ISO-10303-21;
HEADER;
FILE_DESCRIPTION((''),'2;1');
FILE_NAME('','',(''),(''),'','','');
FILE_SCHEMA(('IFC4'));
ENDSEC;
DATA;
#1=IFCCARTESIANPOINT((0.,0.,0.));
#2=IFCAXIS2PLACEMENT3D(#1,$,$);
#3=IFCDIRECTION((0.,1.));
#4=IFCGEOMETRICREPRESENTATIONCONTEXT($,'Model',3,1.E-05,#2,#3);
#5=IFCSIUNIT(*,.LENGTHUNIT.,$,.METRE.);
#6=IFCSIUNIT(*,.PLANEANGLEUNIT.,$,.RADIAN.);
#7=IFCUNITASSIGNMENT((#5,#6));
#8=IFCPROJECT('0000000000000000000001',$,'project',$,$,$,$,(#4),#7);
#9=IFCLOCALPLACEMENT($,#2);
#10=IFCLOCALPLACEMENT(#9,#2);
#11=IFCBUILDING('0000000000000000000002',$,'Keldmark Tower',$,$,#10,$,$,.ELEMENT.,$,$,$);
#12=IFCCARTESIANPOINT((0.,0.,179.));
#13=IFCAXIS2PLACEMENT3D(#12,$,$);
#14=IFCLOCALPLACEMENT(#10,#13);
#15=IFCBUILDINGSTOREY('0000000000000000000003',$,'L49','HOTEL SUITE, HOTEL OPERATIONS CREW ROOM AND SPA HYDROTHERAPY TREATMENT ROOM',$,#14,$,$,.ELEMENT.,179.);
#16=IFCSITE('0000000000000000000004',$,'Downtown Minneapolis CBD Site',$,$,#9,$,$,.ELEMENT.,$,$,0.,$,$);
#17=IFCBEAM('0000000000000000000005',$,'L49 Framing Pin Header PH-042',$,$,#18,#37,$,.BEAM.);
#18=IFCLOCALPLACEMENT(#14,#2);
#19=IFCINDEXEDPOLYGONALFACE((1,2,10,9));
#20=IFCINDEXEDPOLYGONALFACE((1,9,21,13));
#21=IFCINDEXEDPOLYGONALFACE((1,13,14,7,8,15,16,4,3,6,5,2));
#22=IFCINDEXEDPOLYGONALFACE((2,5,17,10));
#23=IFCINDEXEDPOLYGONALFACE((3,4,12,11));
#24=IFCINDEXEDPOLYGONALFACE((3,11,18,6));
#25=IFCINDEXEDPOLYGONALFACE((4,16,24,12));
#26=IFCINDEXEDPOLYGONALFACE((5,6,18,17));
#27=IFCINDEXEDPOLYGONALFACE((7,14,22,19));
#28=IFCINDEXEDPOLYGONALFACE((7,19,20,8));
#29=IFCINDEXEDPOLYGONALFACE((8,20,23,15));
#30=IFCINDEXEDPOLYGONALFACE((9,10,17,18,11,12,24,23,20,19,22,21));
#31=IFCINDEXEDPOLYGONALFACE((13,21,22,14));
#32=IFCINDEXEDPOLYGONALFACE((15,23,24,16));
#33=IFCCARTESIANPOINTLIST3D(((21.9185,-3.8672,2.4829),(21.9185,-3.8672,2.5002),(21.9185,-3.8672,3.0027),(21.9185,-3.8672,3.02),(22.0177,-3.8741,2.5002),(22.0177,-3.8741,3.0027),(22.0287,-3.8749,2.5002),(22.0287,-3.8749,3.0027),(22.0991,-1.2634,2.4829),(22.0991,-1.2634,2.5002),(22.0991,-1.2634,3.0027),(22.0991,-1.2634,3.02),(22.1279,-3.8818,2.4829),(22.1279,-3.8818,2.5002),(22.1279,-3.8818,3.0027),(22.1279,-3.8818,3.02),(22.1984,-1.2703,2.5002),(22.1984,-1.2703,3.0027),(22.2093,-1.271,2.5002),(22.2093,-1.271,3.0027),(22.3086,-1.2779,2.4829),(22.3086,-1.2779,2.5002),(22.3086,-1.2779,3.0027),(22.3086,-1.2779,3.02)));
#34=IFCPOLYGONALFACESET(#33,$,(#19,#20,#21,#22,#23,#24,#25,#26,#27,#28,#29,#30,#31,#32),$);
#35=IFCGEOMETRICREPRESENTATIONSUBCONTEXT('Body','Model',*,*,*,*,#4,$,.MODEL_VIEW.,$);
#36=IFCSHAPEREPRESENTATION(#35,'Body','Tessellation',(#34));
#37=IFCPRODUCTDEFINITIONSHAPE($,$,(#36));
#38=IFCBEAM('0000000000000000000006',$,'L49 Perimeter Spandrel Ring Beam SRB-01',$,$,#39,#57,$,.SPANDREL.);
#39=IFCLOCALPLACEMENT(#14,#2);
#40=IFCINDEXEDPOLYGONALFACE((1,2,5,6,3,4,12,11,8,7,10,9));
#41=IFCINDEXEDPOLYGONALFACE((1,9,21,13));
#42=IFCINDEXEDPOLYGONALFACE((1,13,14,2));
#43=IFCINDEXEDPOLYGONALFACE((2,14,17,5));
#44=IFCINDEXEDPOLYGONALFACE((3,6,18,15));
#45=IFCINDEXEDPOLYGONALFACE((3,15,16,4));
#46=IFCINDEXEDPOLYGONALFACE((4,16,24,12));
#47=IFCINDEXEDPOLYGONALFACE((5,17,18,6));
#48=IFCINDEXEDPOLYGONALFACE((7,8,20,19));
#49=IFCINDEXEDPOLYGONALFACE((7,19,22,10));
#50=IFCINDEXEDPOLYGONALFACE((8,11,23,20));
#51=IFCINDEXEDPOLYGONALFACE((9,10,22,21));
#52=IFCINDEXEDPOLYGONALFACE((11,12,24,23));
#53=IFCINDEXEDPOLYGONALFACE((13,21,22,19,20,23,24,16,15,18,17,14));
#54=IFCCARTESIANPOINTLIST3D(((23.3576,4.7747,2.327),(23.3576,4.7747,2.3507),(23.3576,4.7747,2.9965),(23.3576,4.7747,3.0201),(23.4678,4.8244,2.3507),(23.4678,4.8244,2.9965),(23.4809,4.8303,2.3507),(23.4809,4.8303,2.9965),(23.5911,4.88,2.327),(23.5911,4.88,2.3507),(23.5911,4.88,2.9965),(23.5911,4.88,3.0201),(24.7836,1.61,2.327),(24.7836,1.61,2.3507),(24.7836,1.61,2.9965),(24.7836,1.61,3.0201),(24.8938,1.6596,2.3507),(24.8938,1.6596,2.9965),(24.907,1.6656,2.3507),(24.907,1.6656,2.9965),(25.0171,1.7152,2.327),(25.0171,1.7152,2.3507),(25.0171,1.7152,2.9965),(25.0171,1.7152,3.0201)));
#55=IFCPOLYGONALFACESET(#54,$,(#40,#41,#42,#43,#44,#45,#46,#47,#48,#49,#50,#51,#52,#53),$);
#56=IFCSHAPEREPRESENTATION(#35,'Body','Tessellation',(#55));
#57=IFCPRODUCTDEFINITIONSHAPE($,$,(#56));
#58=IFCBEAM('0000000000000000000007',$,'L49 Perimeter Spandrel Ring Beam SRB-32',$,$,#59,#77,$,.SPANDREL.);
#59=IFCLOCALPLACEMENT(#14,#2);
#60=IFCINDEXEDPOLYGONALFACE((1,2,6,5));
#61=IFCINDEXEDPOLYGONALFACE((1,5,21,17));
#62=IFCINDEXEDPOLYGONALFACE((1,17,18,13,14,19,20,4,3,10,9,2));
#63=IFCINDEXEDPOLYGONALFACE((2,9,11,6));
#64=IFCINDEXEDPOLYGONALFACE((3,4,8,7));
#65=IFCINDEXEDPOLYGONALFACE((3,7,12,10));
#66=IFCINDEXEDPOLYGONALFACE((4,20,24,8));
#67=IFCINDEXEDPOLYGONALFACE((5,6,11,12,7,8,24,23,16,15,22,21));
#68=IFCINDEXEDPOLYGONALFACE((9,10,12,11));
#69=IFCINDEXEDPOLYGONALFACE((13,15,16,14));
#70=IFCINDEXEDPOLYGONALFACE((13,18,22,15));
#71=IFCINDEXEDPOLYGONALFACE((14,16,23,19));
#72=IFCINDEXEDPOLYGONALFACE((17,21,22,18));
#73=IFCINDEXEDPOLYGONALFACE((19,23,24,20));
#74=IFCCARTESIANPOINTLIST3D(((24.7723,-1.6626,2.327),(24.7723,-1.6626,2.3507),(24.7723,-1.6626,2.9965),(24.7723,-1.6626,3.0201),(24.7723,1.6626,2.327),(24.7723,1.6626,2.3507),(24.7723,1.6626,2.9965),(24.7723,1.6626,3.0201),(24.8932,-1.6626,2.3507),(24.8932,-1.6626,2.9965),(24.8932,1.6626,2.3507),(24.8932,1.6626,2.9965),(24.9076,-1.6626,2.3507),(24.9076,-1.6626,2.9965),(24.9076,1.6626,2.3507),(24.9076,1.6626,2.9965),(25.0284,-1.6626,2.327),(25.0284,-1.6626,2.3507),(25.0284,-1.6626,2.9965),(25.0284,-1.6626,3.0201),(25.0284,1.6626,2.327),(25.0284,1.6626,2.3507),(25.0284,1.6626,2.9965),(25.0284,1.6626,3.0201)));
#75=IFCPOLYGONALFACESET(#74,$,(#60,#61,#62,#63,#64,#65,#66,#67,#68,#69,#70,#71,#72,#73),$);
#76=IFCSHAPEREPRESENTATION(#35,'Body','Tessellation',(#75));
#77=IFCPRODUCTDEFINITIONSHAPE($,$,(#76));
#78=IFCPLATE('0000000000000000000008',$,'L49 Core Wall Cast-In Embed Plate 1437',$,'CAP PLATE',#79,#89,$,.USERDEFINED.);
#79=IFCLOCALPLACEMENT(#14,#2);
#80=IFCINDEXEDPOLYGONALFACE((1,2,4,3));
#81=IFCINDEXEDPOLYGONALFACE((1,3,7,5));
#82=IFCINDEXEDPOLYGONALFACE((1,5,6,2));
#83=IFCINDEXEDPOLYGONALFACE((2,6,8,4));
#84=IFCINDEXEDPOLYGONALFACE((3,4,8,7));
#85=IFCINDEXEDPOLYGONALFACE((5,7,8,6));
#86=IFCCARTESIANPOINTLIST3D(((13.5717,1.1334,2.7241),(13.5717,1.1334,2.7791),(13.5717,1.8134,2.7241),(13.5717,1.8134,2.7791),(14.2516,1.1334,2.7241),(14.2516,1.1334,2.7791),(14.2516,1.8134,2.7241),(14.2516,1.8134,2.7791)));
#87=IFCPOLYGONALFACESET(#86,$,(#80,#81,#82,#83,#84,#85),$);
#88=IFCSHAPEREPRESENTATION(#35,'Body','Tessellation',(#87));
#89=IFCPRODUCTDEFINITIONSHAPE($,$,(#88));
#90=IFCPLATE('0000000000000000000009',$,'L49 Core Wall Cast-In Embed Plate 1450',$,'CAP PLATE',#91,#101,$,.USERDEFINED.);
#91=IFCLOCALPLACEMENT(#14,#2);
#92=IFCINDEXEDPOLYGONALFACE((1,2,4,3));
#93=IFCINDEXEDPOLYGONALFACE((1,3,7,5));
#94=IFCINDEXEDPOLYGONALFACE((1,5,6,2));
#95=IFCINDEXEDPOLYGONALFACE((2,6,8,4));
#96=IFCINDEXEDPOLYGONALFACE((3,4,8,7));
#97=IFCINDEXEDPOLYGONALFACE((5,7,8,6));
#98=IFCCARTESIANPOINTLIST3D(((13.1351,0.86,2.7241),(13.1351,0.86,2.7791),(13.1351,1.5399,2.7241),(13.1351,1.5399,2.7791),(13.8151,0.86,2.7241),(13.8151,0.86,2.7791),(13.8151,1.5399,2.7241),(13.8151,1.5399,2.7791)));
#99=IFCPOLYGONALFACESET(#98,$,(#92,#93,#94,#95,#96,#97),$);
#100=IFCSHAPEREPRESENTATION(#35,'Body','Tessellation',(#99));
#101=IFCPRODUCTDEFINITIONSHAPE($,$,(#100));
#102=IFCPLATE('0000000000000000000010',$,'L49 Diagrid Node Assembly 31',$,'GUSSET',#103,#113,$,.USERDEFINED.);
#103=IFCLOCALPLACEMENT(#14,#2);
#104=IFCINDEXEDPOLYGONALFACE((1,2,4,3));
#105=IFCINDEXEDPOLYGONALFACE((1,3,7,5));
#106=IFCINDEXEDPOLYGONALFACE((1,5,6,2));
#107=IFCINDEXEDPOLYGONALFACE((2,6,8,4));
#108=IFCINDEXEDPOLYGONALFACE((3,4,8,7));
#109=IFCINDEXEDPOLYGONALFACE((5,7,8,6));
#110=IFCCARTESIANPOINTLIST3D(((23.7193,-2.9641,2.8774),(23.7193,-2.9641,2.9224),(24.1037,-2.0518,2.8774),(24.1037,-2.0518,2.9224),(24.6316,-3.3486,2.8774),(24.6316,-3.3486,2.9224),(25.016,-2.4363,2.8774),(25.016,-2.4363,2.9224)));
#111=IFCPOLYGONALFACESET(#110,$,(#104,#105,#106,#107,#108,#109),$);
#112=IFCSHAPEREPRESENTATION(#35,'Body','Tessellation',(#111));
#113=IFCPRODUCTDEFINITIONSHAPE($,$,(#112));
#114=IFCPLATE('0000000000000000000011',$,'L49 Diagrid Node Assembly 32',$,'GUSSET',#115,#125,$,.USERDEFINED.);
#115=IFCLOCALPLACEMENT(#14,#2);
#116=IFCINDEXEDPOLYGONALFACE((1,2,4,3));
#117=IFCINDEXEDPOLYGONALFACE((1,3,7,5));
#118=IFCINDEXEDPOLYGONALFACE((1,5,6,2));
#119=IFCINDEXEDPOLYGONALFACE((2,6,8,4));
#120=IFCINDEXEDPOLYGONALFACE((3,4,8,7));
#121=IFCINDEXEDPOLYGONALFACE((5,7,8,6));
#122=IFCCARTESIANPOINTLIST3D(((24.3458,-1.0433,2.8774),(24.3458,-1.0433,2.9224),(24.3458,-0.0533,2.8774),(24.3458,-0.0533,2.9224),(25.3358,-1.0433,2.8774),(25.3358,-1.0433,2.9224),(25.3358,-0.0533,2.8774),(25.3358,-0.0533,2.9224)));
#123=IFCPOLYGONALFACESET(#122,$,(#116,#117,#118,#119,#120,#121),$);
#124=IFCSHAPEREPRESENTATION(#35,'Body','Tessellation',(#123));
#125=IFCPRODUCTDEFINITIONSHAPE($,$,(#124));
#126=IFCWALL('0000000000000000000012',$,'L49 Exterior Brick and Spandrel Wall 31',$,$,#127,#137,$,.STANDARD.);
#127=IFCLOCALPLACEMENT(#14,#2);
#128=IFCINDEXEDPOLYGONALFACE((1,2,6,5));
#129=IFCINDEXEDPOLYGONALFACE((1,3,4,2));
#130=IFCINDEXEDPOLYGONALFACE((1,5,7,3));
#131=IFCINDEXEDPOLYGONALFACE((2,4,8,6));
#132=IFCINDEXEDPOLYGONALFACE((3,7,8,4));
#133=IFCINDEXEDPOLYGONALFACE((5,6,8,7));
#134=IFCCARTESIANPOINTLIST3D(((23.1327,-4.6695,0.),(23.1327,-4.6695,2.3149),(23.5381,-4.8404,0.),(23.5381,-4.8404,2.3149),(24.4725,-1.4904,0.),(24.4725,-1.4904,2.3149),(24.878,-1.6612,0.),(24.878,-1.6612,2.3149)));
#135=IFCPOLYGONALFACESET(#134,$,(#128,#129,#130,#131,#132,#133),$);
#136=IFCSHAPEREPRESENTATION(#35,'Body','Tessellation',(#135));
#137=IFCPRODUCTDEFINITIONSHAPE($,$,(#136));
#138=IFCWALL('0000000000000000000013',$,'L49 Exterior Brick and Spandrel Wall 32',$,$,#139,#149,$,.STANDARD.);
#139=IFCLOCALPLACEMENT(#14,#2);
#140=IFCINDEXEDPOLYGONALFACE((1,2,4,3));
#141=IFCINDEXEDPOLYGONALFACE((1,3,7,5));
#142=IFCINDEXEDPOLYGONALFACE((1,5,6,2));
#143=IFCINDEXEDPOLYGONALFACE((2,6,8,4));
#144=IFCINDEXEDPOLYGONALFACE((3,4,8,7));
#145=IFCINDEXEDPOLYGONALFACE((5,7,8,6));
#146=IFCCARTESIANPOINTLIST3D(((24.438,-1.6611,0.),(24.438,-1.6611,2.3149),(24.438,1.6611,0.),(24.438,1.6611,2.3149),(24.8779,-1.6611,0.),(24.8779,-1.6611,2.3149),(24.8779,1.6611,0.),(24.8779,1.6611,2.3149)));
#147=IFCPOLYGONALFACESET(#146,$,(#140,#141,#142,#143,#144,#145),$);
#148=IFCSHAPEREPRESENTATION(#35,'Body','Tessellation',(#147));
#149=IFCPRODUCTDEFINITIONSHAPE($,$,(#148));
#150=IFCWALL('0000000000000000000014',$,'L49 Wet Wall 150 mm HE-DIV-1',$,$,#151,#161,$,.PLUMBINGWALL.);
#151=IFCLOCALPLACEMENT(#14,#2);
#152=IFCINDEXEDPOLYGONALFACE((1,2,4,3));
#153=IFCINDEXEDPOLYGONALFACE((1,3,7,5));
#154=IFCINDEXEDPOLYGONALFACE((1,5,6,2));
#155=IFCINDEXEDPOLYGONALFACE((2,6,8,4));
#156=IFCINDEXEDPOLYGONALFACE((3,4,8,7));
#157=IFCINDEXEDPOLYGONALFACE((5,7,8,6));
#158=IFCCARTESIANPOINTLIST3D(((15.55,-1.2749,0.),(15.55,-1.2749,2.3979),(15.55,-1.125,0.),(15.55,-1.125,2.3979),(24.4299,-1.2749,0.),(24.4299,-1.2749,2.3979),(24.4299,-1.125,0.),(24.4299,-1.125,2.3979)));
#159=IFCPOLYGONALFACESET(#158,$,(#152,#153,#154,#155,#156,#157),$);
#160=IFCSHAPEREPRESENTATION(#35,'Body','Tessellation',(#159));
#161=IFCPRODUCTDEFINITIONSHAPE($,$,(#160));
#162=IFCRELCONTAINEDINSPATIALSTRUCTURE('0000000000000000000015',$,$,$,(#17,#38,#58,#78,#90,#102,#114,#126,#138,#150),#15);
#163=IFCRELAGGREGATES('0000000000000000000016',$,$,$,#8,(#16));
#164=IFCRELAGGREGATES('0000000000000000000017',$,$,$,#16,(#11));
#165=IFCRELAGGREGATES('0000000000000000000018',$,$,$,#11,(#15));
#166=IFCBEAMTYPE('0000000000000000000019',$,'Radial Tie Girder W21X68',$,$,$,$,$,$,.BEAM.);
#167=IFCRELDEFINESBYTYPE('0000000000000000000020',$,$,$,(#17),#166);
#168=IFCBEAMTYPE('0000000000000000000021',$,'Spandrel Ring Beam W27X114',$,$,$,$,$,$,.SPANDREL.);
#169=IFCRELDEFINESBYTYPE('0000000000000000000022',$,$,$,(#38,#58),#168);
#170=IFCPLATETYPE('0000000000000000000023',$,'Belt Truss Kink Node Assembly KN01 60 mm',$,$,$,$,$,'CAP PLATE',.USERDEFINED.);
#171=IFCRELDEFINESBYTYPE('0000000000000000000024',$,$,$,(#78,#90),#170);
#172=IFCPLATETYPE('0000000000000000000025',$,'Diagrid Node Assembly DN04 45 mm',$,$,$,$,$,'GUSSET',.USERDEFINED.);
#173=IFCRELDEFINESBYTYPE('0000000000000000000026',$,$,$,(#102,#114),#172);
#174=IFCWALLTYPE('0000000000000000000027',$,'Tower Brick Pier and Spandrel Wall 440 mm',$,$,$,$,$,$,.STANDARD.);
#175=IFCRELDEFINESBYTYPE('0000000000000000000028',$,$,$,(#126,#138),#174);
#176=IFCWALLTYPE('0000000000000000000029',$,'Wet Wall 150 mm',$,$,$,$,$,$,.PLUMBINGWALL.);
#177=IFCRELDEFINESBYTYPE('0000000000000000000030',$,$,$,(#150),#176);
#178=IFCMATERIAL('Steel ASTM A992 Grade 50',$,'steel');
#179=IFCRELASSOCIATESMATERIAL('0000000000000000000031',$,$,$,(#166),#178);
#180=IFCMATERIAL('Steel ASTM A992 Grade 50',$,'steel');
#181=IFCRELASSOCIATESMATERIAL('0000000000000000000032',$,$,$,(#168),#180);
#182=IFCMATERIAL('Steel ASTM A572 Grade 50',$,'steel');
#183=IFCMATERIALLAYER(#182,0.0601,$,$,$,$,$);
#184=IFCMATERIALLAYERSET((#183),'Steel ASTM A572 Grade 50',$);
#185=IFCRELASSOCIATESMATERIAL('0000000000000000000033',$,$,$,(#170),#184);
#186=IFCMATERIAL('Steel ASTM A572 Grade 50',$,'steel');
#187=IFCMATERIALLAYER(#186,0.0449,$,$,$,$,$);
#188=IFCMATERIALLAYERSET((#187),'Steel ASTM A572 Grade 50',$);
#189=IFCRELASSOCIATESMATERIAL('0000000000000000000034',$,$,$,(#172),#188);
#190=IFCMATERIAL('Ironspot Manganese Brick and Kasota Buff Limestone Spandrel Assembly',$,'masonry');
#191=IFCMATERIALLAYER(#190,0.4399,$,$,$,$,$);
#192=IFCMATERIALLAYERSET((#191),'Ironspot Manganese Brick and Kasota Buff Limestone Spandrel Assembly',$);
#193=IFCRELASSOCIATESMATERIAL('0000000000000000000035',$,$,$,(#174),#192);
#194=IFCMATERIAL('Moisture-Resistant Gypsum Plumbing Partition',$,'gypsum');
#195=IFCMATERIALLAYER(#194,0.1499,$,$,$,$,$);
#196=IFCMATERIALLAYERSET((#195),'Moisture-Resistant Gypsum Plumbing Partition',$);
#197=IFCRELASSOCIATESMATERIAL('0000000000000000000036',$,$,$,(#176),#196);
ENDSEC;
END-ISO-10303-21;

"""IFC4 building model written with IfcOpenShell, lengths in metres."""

from ifc_helpers import new_model, si_unit, direction, frame, frame_2d, origin, origin_2d, place, context, subcontext, project, spatial, rectangle, i_section, extrude, material, layer, layer_set, material_profile, profile_set, type_object, element, save


model = new_model("IFC4")

# Units and contexts
model_context = context("Model", 3, precision=1e-05, world=origin(), true_north=direction((0.0, 1.0)))
body_context = subcontext(model_context, "Body", "Model", "MODEL_VIEW")
ifc_project = project(units=[si_unit("LENGTHUNIT", "METRE"), si_unit("PLANEANGLEUNIT", "RADIAN")], contexts=[model_context])

# Site, building, storey
site_placement = place(None, origin())
site = spatial("IfcSite", under=ifc_project, at=site_placement, Name="Downtown Minneapolis CBD Site", CompositionType="ELEMENT", RefElevation=0.0)
building_placement = place(site_placement, origin())
building = spatial("IfcBuilding", under=site, at=building_placement, Name="Keldmark Tower", CompositionType="ELEMENT")
storey_placement = place(building_placement, frame((0.0, 0.0, 179.0)))
storey = spatial("IfcBuildingStorey", under=building, at=storey_placement, Name="L49", Description="HOTEL SUITE, HOTEL OPERATIONS CREW ROOM AND SPA HYDROTHERAPY TREATMENT ROOM", CompositionType="ELEMENT", Elevation=179.0)

# Beams
ifc_material_1 = material(Name="Steel ASTM A992 Grade 50", Category="steel")
ifc_material_profile_1 = material_profile(ifc_material_1, i_section(OverallWidth=0.21, OverallDepth=0.5371, WebThickness=0.011, FlangeThickness=0.0173, at=origin_2d()), Name="W21X68")
ifc_profile_set_1 = profile_set([ifc_material_profile_1], Name="Steel ASTM A992 Grade 50")
beam_type_1 = type_object("IfcBeamType", Name="Radial Tie Girder W21X68", PredefinedType="BEAM", material=ifc_profile_set_1)
beam_1_placement = place(storey_placement, frame((22.0232, -3.8745, 2.7515), z_axis=(0.069219, 0.997601, 0.0), x_axis=(-0.997601, 0.069219, 0.0)))
element("IfcBeam", 1, at=beam_1_placement, inside=storey, type_object=beam_type_1, Name="L49 Framing Pin Header PH-042", PredefinedType="BEAM", context=body_context, shape_type="SweptSolid", body=[
    extrude(i_section(OverallWidth=0.21, OverallDepth=0.5371, WebThickness=0.011, FlangeThickness=0.0173, at=origin_2d()), origin(), (0.0, 0.0, 1.0), 2.6101),
])
ifc_material_2 = material(Name="Steel ASTM A992 Grade 50", Category="steel")
ifc_material_profile_2 = material_profile(ifc_material_2, i_section(OverallWidth=0.2561, OverallDepth=0.6931, WebThickness=0.0144, FlangeThickness=0.0237, at=origin_2d()), Name="W27X114")
ifc_profile_set_2 = profile_set([ifc_material_profile_2], Name="Steel ASTM A992 Grade 50")
beam_type_2 = type_object("IfcBeamType", Name="Spandrel Ring Beam W27X114", PredefinedType="SPANDREL", material=ifc_profile_set_2)
beam_2_placement = place(storey_placement, frame((24.9004, 1.6626, 2.6736), z_axis=(-0.410812, 0.91172, 0.0), x_axis=(-0.91172, -0.410812, 0.0)))
element("IfcBeam", 2, at=beam_2_placement, inside=storey, type_object=beam_type_2, Name="L49 Perimeter Spandrel Ring Beam SRB-01", PredefinedType="SPANDREL", context=body_context, shape_type="SweptSolid", body=[
    extrude(i_section(OverallWidth=0.2561, OverallDepth=0.6931, WebThickness=0.0144, FlangeThickness=0.0237, at=origin_2d()), origin(), (0.0, 0.0, 1.0), 3.4712),
])
beam_3_placement = place(storey_placement, frame((24.9004, -1.6626, 2.6736), z_axis=(0.0, 1.0, 0.0), x_axis=(-1.0, 0.0, 0.0)))
element("IfcBeam", 3, at=beam_3_placement, inside=storey, type_object=beam_type_2, Name="L49 Perimeter Spandrel Ring Beam SRB-32", PredefinedType="SPANDREL", context=body_context, shape_type="SweptSolid", body=[
    extrude(i_section(OverallWidth=0.2561, OverallDepth=0.6931, WebThickness=0.0144, FlangeThickness=0.0237, at=origin_2d()), origin(), (0.0, 0.0, 1.0), 3.3252),
])

# Plates
ifc_material_3 = material(Name="Steel ASTM A572 Grade 50", Category="steel")
ifc_layer_1 = layer(ifc_material_3, 0.0601)
ifc_layer_set_1 = layer_set([ifc_layer_1], Name="Steel ASTM A572 Grade 50")
plate_type_1 = type_object("IfcPlateType", Name="Belt Truss Kink Node Assembly KN01 60 mm", ElementType="CAP PLATE", PredefinedType="USERDEFINED", material=ifc_layer_set_1)
for number, where, z_axis, x_axis, name in (
    (4, (13.9116, 1.4734, 2.7241), (0.0, 0.0, 1.0), (1.0, 0.0, 0.0), "L49 Core Wall Cast-In Embed Plate 1437"),
    (5, (13.4751, 1.2, 2.7241), (0.0, 0.0, 1.0), (1.0, 0.0, 0.0), "L49 Core Wall Cast-In Embed Plate 1450"),
):
    element("IfcPlate", number, at=place(storey_placement, frame(where, z_axis=z_axis, x_axis=x_axis)), inside=storey, type_object=plate_type_1, Name=name, ObjectType="CAP PLATE", PredefinedType="USERDEFINED", context=body_context, shape_type="SweptSolid", body=[
        extrude(rectangle(XDim=0.6799, YDim=0.6799, at=origin_2d()), origin(), (0.0, 0.0, 1.0), 0.0549),
    ])
ifc_material_4 = material(Name="Steel ASTM A572 Grade 50", Category="steel")
ifc_layer_2 = layer(ifc_material_4, 0.0449)
ifc_layer_set_2 = layer_set([ifc_layer_2], Name="Steel ASTM A572 Grade 50")
plate_type_2 = type_object("IfcPlateType", Name="Diagrid Node Assembly DN04 45 mm", ElementType="GUSSET", PredefinedType="USERDEFINED", material=ifc_layer_set_2)
for number, where, z_axis, x_axis, name in (
    (6, (24.3677, -2.7002, 2.8774), (0.0, 0.0, 1.0), (0.38832, 0.921525, 0.0), "L49 Diagrid Node Assembly 31"),
    (7, (24.8408, -0.5483, 2.8774), (0.0, 0.0, 1.0), (0.0, 1.0, 0.0), "L49 Diagrid Node Assembly 32"),
):
    element("IfcPlate", number, at=place(storey_placement, frame(where, z_axis=z_axis, x_axis=x_axis)), inside=storey, type_object=plate_type_2, Name=name, ObjectType="GUSSET", PredefinedType="USERDEFINED", context=body_context, shape_type="SweptSolid", body=[
        extrude(rectangle(XDim=0.99, YDim=0.99, at=origin_2d()), origin(), (0.0, 0.0, 1.0), 0.0449),
    ])

# Walls
ifc_material_5 = material(Name="Ironspot Manganese Brick and Kasota Buff Limestone Spandrel Assembly", Category="masonry")
ifc_layer_3 = layer(ifc_material_5, 0.4399)
ifc_layer_set_3 = layer_set([ifc_layer_3], Name="Ironspot Manganese Brick and Kasota Buff Limestone Spandrel Assembly")
wall_type_1 = type_object("IfcWallType", Name="Tower Brick Pier and Spandrel Wall 440 mm", PredefinedType="STANDARD", material=ifc_layer_set_3)
wall_1_placement = place(storey_placement, frame((24.6753, -1.5757, 0.0), z_axis=(0.0, 0.0, 1.0), x_axis=(-0.388361, -0.921507, 0.0)))
element("IfcWall", 8, at=wall_1_placement, inside=storey, type_object=wall_type_1, Name="L49 Exterior Brick and Spandrel Wall 31", PredefinedType="STANDARD", context=body_context, shape_type="SweptSolid", body=[
    extrude(rectangle(XDim=3.45, YDim=0.4399, at=frame_2d((1.7251, 0.0))), origin(), (0.0, 0.0, 1.0), 2.3149),
])
wall_2_placement = place(storey_placement, frame((24.658, 1.6611, 0.0), z_axis=(0.0, 0.0, 1.0), x_axis=(0.0, -1.0, 0.0)))
element("IfcWall", 9, at=wall_2_placement, inside=storey, type_object=wall_type_1, Name="L49 Exterior Brick and Spandrel Wall 32", PredefinedType="STANDARD", context=body_context, shape_type="SweptSolid", body=[
    extrude(rectangle(XDim=3.3223, YDim=0.4399, at=frame_2d((1.6611, 0.0))), origin(), (0.0, 0.0, 1.0), 2.3149),
])

# Wall
ifc_material_6 = material(Name="Moisture-Resistant Gypsum Plumbing Partition", Category="gypsum")
ifc_layer_4 = layer(ifc_material_6, 0.1499)
ifc_layer_set_4 = layer_set([ifc_layer_4], Name="Moisture-Resistant Gypsum Plumbing Partition")
wall_type_2 = type_object("IfcWallType", Name="Wet Wall 150 mm", PredefinedType="PLUMBINGWALL", material=ifc_layer_set_4)
wall_3_placement = place(storey_placement, frame((15.55, -1.2, 0.0), z_axis=(0.0, 0.0, 1.0), x_axis=(1.0, 0.0, 0.0)))
element("IfcWall", 10, at=wall_3_placement, inside=storey, type_object=wall_type_2, Name="L49 Wet Wall 150 mm HE-DIV-1", PredefinedType="PLUMBINGWALL", context=body_context, shape_type="SweptSolid", body=[
    extrude(rectangle(XDim=8.8799, YDim=0.1499, at=frame_2d((4.4399, 0.0))), origin(), (0.0, 0.0, 1.0), 2.3979),
])

save(model, "model.ifc")
